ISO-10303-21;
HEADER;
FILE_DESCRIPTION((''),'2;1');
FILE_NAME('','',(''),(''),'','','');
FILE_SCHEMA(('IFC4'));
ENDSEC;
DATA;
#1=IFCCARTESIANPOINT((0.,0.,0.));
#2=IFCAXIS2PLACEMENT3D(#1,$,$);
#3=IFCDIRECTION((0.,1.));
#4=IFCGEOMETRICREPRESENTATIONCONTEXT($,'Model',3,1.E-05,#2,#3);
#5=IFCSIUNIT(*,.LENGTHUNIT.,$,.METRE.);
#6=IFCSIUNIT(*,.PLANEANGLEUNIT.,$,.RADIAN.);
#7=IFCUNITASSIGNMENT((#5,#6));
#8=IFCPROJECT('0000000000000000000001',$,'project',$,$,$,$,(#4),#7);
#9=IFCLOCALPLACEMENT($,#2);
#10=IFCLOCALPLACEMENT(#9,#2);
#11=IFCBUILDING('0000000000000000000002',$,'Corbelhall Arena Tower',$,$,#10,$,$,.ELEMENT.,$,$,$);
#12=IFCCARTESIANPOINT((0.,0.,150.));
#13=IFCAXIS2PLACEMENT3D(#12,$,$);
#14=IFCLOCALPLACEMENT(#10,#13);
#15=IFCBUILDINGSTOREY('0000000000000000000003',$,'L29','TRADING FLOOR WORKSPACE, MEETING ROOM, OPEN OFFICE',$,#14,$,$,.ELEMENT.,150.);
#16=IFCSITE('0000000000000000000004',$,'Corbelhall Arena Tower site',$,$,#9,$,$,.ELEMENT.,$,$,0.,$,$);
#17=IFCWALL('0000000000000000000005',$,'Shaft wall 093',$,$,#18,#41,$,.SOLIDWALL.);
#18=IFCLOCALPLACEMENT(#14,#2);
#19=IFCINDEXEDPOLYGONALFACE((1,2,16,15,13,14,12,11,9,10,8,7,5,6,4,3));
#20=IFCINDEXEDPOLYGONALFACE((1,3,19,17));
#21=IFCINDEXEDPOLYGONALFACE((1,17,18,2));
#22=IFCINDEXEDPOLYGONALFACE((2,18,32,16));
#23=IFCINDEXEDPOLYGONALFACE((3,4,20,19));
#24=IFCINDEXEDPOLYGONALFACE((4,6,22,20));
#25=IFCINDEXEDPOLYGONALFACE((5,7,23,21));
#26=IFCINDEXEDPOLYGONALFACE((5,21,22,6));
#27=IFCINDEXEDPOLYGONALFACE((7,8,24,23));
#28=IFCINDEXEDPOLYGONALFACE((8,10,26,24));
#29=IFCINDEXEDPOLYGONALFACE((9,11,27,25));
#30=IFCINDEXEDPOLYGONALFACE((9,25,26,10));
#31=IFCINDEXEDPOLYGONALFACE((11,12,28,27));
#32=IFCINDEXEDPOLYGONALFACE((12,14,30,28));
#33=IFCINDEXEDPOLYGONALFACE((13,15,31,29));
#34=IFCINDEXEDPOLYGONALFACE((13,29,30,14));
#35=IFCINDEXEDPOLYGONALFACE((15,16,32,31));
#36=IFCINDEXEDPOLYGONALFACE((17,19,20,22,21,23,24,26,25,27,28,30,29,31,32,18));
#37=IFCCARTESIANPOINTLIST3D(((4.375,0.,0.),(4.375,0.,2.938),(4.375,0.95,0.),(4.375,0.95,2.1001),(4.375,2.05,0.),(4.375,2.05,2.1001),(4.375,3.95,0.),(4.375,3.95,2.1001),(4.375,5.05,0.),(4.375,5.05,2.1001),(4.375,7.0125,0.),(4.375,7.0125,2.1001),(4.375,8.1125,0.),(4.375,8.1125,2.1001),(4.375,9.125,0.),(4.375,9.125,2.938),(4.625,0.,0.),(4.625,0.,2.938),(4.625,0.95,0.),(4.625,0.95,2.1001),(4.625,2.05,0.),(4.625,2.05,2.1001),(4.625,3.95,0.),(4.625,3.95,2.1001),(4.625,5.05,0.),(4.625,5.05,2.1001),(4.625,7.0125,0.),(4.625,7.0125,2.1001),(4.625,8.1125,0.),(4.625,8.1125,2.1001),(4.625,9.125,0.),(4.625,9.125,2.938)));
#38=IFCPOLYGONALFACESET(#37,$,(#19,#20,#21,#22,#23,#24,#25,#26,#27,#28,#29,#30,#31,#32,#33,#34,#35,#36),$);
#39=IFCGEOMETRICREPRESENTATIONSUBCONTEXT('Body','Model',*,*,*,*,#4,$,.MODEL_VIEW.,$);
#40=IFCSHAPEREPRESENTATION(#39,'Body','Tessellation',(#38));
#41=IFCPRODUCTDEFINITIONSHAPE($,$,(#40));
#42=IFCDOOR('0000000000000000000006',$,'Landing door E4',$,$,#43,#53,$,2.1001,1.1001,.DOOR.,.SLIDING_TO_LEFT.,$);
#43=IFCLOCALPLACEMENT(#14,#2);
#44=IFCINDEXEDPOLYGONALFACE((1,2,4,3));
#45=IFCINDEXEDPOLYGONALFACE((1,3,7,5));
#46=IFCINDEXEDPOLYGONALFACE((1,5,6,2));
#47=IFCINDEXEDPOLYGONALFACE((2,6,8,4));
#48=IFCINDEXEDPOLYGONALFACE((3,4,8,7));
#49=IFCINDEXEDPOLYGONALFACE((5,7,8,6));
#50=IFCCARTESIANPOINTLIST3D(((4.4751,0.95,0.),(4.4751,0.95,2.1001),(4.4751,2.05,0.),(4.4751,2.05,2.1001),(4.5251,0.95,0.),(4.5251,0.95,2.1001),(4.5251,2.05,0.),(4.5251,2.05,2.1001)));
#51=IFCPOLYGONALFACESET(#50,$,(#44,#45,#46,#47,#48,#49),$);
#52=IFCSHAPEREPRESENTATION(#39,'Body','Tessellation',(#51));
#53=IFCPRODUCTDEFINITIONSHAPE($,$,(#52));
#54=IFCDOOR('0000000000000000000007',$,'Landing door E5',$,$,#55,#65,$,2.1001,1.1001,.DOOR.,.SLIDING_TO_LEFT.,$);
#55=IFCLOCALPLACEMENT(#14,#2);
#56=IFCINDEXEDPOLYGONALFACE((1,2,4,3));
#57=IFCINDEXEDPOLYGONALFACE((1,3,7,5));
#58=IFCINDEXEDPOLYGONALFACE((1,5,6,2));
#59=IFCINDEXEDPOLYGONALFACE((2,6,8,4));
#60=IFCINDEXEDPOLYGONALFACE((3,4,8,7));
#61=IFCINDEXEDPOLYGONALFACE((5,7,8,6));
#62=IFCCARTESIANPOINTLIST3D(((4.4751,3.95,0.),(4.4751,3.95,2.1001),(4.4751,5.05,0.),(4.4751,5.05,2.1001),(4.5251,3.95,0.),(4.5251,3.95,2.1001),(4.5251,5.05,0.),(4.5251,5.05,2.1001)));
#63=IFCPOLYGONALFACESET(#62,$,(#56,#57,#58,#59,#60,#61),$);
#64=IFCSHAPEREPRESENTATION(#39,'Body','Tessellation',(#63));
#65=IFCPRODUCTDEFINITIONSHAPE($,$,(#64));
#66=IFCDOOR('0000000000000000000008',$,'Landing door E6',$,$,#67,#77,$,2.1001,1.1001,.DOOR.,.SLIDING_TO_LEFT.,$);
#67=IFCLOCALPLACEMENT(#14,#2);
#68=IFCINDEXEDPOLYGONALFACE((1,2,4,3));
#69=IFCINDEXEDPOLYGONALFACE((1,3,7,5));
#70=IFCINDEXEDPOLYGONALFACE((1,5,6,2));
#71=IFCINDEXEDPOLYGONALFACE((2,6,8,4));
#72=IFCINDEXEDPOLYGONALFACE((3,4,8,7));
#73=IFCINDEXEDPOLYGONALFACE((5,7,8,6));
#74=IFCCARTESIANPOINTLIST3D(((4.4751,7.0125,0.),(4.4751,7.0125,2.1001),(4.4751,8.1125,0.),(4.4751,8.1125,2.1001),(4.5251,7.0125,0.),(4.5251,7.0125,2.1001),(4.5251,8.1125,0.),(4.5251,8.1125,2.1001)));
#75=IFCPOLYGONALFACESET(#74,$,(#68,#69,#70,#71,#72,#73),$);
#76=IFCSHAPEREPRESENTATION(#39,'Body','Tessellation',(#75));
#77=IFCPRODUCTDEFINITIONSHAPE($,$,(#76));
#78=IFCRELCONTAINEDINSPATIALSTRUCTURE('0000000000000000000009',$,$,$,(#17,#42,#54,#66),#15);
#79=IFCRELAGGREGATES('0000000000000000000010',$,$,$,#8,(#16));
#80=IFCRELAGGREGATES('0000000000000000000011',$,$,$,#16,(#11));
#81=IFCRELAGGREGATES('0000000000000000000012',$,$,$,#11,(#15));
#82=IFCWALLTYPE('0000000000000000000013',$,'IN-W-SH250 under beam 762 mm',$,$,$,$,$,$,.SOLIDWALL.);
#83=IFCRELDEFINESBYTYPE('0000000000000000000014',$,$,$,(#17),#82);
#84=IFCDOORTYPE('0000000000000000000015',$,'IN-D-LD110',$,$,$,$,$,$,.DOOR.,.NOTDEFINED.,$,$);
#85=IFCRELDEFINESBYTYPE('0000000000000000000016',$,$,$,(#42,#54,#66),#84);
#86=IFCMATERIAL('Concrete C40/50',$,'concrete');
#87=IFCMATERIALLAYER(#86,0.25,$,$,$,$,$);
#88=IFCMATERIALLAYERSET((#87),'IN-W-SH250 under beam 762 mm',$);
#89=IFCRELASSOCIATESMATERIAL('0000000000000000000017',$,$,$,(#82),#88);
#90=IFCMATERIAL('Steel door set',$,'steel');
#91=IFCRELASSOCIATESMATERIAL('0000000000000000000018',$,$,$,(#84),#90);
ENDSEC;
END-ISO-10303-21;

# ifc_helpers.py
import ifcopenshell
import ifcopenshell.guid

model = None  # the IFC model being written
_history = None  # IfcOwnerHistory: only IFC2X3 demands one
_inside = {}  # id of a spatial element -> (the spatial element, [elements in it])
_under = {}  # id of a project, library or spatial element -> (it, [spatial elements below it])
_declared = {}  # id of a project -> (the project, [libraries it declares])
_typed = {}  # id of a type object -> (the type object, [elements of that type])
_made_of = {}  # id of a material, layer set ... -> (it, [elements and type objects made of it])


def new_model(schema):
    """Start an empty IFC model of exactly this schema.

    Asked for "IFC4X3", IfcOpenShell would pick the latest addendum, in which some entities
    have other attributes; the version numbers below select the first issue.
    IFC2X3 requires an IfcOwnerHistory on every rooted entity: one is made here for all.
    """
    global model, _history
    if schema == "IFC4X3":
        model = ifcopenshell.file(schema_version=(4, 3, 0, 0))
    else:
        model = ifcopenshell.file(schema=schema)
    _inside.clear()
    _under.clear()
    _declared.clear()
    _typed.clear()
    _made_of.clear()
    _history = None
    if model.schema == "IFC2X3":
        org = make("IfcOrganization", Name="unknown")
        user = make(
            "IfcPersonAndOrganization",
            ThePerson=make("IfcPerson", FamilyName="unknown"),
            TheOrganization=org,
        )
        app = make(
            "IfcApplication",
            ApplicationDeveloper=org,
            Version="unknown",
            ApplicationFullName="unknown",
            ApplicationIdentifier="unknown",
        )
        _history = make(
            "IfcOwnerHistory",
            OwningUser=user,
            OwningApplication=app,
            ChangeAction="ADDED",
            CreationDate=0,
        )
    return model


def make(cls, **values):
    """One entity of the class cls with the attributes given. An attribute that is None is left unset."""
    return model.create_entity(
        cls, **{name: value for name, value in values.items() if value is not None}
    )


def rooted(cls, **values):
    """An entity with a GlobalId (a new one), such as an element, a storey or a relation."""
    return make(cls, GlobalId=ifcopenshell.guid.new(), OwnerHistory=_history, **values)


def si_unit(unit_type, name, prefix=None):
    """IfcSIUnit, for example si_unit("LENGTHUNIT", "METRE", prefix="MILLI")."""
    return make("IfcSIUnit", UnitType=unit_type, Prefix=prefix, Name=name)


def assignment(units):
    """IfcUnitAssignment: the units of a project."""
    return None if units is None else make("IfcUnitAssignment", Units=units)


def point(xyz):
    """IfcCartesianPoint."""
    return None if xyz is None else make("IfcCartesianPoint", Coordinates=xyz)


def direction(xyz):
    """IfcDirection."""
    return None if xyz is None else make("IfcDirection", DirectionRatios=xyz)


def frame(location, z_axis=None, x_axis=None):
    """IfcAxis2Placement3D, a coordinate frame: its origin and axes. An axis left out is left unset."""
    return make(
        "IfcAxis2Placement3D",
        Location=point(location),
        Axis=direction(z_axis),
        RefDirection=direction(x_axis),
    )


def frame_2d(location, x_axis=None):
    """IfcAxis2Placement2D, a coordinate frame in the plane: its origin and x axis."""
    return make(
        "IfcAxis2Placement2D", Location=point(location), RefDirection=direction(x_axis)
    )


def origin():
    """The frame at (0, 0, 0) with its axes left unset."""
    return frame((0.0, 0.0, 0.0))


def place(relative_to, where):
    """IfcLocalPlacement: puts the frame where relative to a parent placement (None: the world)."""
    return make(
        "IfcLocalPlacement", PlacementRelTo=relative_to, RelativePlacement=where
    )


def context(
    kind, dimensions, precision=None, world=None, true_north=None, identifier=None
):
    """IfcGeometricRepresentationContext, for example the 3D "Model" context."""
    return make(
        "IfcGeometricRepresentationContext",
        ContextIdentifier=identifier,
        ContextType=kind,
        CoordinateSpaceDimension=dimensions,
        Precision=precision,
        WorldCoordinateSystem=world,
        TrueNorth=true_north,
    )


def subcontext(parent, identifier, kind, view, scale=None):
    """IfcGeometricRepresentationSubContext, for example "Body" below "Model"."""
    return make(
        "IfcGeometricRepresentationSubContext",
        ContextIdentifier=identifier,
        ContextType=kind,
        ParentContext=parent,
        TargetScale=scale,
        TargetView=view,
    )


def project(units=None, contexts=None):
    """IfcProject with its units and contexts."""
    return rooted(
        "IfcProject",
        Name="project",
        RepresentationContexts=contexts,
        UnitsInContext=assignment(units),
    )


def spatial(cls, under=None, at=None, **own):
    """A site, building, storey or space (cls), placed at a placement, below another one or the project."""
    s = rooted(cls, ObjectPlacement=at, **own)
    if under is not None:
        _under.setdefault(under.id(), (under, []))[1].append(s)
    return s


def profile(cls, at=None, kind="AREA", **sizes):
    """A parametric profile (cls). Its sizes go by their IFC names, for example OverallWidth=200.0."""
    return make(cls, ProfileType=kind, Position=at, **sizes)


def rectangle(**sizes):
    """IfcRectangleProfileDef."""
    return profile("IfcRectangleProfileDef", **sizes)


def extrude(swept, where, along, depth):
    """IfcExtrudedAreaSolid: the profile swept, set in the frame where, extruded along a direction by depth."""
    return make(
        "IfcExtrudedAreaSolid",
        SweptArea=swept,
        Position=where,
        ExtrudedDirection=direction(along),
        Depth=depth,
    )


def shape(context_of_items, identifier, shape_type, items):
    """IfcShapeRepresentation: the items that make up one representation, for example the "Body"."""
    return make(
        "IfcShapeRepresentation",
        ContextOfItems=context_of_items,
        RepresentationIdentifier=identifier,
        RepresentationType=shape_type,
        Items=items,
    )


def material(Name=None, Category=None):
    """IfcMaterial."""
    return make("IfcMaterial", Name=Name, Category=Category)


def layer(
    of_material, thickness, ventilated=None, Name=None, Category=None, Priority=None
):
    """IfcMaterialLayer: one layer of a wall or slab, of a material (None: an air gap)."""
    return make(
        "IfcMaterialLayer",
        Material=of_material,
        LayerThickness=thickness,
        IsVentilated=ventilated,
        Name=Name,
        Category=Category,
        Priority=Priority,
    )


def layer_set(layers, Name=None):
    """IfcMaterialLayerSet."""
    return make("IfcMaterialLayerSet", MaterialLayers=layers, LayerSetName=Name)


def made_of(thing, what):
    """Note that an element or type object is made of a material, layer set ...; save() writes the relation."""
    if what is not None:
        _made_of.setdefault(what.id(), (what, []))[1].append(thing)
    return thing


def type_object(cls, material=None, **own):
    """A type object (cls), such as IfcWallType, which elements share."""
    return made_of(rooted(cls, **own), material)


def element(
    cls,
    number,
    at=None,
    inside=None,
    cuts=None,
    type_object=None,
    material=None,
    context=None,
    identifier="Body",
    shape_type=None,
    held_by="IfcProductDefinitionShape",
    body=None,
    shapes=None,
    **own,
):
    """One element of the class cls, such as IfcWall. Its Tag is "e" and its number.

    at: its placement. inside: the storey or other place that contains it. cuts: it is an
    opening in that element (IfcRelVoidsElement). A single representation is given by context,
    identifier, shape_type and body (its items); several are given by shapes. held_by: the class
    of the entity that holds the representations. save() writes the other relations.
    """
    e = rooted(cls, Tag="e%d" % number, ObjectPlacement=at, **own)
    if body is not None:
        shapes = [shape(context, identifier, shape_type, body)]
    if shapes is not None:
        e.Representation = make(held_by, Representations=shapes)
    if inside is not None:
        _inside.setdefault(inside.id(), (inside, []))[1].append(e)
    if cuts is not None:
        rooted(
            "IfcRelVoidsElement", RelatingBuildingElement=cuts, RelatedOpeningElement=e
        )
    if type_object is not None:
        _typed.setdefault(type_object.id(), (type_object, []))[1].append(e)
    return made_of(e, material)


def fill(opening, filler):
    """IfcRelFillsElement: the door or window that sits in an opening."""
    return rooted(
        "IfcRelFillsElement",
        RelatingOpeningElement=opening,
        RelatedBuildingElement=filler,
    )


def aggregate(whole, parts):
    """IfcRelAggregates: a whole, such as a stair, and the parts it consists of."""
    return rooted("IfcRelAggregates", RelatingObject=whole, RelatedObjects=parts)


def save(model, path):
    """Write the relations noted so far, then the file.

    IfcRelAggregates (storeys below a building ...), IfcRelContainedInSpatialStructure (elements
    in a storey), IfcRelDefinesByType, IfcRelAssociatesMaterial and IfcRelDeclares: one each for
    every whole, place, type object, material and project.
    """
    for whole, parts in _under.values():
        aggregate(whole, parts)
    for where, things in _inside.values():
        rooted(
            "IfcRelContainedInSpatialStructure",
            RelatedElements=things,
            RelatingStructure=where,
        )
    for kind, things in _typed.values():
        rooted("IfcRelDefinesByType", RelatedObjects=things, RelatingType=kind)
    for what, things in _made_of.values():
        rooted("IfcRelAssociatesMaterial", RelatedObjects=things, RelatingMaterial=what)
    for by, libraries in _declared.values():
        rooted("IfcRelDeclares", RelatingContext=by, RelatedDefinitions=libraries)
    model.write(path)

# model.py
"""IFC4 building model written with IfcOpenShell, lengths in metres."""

from ifc_helpers import new_model, si_unit, direction, frame, frame_2d, origin, place, context, subcontext, project, spatial, rectangle, extrude, material, layer, layer_set, type_object, element, fill, save


model = new_model("IFC4")

# Units and contexts
model_context = context("Model", 3, precision=1e-05, world=origin(), true_north=direction((0.0, 1.0)))
body_context = subcontext(model_context, "Body", "Model", "MODEL_VIEW")
ifc_project = project(units=[si_unit("LENGTHUNIT", "METRE"), si_unit("PLANEANGLEUNIT", "RADIAN")], contexts=[model_context])

# Site, building, storey
site_placement = place(None, origin())
site = spatial("IfcSite", under=ifc_project, at=site_placement, Name="Corbelhall Arena Tower site", CompositionType="ELEMENT", RefElevation=0.0)
building_placement = place(site_placement, origin())
building = spatial("IfcBuilding", under=site, at=building_placement, Name="Corbelhall Arena Tower", CompositionType="ELEMENT")
storey_placement = place(building_placement, frame((0.0, 0.0, 150.0)))
storey = spatial("IfcBuildingStorey", under=building, at=storey_placement, Name="L29", Description="TRADING FLOOR WORKSPACE, MEETING ROOM, OPEN OFFICE", CompositionType="ELEMENT", Elevation=150.0)

# Shared definitions
ifc_material_1 = material(Name="Concrete C40/50", Category="concrete")

# Shared definitions
ifc_material_2 = material(Name="Steel door set", Category="steel")

# Wall, openings, doors
ifc_layer_1 = layer(ifc_material_1, 0.25)
ifc_layer_set_1 = layer_set([ifc_layer_1], Name="IN-W-SH250 under beam 762 mm")
wall_type_1 = type_object("IfcWallType", Name="IN-W-SH250 under beam 762 mm", PredefinedType="SOLIDWALL", material=ifc_layer_set_1)
wall_1_placement = place(storey_placement, frame((4.5, 0.0, 0.0), z_axis=(0.0, 0.0, 1.0), x_axis=(0.0, 1.0, 0.0)))
wall_1 = element("IfcWall", 1, at=wall_1_placement, inside=storey, type_object=wall_type_1, Name="Shaft wall 093", PredefinedType="SOLIDWALL", context=body_context, shape_type="SweptSolid", body=[
    extrude(rectangle(XDim=9.125, YDim=0.25, at=frame_2d((4.5625, 0.0))), origin(), (0.0, 0.0, 1.0), 2.938),
])
opening_1_placement = place(wall_1_placement, frame((0.95, 0.0, 0.0)))
opening_1 = element("IfcOpeningElement", 2, at=opening_1_placement, cuts=wall_1, PredefinedType="OPENING", context=body_context, shape_type="SweptSolid", body=[
    extrude(rectangle(XDim=1.1001, YDim=2.1001, at=frame_2d((0.55, 1.05))), frame((0.0, 0.125, 0.0), z_axis=(0.0, -1.0, 0.0), x_axis=(1.0, 0.0, 0.0)), (0.0, 0.0, 1.0), 0.25),
])
opening_2_placement = place(wall_1_placement, frame((3.95, 0.0, 0.0)))
opening_2 = element("IfcOpeningElement", 3, at=opening_2_placement, cuts=wall_1, PredefinedType="OPENING", context=body_context, shape_type="SweptSolid", body=[
    extrude(rectangle(XDim=1.1001, YDim=2.1001, at=frame_2d((0.55, 1.05))), frame((0.0, 0.125, 0.0), z_axis=(0.0, -1.0, 0.0), x_axis=(1.0, 0.0, 0.0)), (0.0, 0.0, 1.0), 0.25),
])
opening_3_placement = place(wall_1_placement, frame((7.0125, 0.0, 0.0)))
opening_3 = element("IfcOpeningElement", 4, at=opening_3_placement, cuts=wall_1, PredefinedType="OPENING", context=body_context, shape_type="SweptSolid", body=[
    extrude(rectangle(XDim=1.1001, YDim=2.1001, at=frame_2d((0.55, 1.05))), frame((0.0, 0.125, 0.0), z_axis=(0.0, -1.0, 0.0), x_axis=(1.0, 0.0, 0.0)), (0.0, 0.0, 1.0), 0.25),
])
door_type_1 = type_object("IfcDoorType", Name="IN-D-LD110", OperationType="NOTDEFINED", PredefinedType="DOOR", material=ifc_material_2)
door_1_placement = place(opening_1_placement, origin())
door_1 = element("IfcDoor", 5, at=door_1_placement, inside=storey, type_object=door_type_1, Name="Landing door E4", OperationType="SLIDING_TO_LEFT", OverallHeight=2.1001, OverallWidth=1.1001, PredefinedType="DOOR", context=body_context, shape_type="SweptSolid", body=[
    extrude(rectangle(XDim=1.1001, YDim=2.1001, at=frame_2d((0.55, 1.05))), frame((0.0, 0.0249, 0.0), z_axis=(0.0, -1.0, 0.0), x_axis=(1.0, 0.0, 0.0)), (0.0, 0.0, 1.0), 0.05),
])
fill(opening_1, door_1)
door_2_placement = place(opening_2_placement, origin())
door_2 = element("IfcDoor", 6, at=door_2_placement, inside=storey, type_object=door_type_1, Name="Landing door E5", OperationType="SLIDING_TO_LEFT", OverallHeight=2.1001, OverallWidth=1.1001, PredefinedType="DOOR", context=body_context, shape_type="SweptSolid", body=[
    extrude(rectangle(XDim=1.1001, YDim=2.1001, at=frame_2d((0.55, 1.05))), frame((0.0, 0.0249, 0.0), z_axis=(0.0, -1.0, 0.0), x_axis=(1.0, 0.0, 0.0)), (0.0, 0.0, 1.0), 0.05),
])
fill(opening_2, door_2)
door_3_placement = place(opening_3_placement, origin())
door_3 = element("IfcDoor", 7, at=door_3_placement, inside=storey, type_object=door_type_1, Name="Landing door E6", OperationType="SLIDING_TO_LEFT", OverallHeight=2.1001, OverallWidth=1.1001, PredefinedType="DOOR", context=body_context, shape_type="SweptSolid", body=[
    extrude(rectangle(XDim=1.1001, YDim=2.1001, at=frame_2d((0.55, 1.05))), frame((0.0, 0.0249, 0.0), z_axis=(0.0, -1.0, 0.0), x_axis=(1.0, 0.0, 0.0)), (0.0, 0.0, 1.0), 0.05),
])
fill(opening_3, door_3)

save(model, "model.ifc")
